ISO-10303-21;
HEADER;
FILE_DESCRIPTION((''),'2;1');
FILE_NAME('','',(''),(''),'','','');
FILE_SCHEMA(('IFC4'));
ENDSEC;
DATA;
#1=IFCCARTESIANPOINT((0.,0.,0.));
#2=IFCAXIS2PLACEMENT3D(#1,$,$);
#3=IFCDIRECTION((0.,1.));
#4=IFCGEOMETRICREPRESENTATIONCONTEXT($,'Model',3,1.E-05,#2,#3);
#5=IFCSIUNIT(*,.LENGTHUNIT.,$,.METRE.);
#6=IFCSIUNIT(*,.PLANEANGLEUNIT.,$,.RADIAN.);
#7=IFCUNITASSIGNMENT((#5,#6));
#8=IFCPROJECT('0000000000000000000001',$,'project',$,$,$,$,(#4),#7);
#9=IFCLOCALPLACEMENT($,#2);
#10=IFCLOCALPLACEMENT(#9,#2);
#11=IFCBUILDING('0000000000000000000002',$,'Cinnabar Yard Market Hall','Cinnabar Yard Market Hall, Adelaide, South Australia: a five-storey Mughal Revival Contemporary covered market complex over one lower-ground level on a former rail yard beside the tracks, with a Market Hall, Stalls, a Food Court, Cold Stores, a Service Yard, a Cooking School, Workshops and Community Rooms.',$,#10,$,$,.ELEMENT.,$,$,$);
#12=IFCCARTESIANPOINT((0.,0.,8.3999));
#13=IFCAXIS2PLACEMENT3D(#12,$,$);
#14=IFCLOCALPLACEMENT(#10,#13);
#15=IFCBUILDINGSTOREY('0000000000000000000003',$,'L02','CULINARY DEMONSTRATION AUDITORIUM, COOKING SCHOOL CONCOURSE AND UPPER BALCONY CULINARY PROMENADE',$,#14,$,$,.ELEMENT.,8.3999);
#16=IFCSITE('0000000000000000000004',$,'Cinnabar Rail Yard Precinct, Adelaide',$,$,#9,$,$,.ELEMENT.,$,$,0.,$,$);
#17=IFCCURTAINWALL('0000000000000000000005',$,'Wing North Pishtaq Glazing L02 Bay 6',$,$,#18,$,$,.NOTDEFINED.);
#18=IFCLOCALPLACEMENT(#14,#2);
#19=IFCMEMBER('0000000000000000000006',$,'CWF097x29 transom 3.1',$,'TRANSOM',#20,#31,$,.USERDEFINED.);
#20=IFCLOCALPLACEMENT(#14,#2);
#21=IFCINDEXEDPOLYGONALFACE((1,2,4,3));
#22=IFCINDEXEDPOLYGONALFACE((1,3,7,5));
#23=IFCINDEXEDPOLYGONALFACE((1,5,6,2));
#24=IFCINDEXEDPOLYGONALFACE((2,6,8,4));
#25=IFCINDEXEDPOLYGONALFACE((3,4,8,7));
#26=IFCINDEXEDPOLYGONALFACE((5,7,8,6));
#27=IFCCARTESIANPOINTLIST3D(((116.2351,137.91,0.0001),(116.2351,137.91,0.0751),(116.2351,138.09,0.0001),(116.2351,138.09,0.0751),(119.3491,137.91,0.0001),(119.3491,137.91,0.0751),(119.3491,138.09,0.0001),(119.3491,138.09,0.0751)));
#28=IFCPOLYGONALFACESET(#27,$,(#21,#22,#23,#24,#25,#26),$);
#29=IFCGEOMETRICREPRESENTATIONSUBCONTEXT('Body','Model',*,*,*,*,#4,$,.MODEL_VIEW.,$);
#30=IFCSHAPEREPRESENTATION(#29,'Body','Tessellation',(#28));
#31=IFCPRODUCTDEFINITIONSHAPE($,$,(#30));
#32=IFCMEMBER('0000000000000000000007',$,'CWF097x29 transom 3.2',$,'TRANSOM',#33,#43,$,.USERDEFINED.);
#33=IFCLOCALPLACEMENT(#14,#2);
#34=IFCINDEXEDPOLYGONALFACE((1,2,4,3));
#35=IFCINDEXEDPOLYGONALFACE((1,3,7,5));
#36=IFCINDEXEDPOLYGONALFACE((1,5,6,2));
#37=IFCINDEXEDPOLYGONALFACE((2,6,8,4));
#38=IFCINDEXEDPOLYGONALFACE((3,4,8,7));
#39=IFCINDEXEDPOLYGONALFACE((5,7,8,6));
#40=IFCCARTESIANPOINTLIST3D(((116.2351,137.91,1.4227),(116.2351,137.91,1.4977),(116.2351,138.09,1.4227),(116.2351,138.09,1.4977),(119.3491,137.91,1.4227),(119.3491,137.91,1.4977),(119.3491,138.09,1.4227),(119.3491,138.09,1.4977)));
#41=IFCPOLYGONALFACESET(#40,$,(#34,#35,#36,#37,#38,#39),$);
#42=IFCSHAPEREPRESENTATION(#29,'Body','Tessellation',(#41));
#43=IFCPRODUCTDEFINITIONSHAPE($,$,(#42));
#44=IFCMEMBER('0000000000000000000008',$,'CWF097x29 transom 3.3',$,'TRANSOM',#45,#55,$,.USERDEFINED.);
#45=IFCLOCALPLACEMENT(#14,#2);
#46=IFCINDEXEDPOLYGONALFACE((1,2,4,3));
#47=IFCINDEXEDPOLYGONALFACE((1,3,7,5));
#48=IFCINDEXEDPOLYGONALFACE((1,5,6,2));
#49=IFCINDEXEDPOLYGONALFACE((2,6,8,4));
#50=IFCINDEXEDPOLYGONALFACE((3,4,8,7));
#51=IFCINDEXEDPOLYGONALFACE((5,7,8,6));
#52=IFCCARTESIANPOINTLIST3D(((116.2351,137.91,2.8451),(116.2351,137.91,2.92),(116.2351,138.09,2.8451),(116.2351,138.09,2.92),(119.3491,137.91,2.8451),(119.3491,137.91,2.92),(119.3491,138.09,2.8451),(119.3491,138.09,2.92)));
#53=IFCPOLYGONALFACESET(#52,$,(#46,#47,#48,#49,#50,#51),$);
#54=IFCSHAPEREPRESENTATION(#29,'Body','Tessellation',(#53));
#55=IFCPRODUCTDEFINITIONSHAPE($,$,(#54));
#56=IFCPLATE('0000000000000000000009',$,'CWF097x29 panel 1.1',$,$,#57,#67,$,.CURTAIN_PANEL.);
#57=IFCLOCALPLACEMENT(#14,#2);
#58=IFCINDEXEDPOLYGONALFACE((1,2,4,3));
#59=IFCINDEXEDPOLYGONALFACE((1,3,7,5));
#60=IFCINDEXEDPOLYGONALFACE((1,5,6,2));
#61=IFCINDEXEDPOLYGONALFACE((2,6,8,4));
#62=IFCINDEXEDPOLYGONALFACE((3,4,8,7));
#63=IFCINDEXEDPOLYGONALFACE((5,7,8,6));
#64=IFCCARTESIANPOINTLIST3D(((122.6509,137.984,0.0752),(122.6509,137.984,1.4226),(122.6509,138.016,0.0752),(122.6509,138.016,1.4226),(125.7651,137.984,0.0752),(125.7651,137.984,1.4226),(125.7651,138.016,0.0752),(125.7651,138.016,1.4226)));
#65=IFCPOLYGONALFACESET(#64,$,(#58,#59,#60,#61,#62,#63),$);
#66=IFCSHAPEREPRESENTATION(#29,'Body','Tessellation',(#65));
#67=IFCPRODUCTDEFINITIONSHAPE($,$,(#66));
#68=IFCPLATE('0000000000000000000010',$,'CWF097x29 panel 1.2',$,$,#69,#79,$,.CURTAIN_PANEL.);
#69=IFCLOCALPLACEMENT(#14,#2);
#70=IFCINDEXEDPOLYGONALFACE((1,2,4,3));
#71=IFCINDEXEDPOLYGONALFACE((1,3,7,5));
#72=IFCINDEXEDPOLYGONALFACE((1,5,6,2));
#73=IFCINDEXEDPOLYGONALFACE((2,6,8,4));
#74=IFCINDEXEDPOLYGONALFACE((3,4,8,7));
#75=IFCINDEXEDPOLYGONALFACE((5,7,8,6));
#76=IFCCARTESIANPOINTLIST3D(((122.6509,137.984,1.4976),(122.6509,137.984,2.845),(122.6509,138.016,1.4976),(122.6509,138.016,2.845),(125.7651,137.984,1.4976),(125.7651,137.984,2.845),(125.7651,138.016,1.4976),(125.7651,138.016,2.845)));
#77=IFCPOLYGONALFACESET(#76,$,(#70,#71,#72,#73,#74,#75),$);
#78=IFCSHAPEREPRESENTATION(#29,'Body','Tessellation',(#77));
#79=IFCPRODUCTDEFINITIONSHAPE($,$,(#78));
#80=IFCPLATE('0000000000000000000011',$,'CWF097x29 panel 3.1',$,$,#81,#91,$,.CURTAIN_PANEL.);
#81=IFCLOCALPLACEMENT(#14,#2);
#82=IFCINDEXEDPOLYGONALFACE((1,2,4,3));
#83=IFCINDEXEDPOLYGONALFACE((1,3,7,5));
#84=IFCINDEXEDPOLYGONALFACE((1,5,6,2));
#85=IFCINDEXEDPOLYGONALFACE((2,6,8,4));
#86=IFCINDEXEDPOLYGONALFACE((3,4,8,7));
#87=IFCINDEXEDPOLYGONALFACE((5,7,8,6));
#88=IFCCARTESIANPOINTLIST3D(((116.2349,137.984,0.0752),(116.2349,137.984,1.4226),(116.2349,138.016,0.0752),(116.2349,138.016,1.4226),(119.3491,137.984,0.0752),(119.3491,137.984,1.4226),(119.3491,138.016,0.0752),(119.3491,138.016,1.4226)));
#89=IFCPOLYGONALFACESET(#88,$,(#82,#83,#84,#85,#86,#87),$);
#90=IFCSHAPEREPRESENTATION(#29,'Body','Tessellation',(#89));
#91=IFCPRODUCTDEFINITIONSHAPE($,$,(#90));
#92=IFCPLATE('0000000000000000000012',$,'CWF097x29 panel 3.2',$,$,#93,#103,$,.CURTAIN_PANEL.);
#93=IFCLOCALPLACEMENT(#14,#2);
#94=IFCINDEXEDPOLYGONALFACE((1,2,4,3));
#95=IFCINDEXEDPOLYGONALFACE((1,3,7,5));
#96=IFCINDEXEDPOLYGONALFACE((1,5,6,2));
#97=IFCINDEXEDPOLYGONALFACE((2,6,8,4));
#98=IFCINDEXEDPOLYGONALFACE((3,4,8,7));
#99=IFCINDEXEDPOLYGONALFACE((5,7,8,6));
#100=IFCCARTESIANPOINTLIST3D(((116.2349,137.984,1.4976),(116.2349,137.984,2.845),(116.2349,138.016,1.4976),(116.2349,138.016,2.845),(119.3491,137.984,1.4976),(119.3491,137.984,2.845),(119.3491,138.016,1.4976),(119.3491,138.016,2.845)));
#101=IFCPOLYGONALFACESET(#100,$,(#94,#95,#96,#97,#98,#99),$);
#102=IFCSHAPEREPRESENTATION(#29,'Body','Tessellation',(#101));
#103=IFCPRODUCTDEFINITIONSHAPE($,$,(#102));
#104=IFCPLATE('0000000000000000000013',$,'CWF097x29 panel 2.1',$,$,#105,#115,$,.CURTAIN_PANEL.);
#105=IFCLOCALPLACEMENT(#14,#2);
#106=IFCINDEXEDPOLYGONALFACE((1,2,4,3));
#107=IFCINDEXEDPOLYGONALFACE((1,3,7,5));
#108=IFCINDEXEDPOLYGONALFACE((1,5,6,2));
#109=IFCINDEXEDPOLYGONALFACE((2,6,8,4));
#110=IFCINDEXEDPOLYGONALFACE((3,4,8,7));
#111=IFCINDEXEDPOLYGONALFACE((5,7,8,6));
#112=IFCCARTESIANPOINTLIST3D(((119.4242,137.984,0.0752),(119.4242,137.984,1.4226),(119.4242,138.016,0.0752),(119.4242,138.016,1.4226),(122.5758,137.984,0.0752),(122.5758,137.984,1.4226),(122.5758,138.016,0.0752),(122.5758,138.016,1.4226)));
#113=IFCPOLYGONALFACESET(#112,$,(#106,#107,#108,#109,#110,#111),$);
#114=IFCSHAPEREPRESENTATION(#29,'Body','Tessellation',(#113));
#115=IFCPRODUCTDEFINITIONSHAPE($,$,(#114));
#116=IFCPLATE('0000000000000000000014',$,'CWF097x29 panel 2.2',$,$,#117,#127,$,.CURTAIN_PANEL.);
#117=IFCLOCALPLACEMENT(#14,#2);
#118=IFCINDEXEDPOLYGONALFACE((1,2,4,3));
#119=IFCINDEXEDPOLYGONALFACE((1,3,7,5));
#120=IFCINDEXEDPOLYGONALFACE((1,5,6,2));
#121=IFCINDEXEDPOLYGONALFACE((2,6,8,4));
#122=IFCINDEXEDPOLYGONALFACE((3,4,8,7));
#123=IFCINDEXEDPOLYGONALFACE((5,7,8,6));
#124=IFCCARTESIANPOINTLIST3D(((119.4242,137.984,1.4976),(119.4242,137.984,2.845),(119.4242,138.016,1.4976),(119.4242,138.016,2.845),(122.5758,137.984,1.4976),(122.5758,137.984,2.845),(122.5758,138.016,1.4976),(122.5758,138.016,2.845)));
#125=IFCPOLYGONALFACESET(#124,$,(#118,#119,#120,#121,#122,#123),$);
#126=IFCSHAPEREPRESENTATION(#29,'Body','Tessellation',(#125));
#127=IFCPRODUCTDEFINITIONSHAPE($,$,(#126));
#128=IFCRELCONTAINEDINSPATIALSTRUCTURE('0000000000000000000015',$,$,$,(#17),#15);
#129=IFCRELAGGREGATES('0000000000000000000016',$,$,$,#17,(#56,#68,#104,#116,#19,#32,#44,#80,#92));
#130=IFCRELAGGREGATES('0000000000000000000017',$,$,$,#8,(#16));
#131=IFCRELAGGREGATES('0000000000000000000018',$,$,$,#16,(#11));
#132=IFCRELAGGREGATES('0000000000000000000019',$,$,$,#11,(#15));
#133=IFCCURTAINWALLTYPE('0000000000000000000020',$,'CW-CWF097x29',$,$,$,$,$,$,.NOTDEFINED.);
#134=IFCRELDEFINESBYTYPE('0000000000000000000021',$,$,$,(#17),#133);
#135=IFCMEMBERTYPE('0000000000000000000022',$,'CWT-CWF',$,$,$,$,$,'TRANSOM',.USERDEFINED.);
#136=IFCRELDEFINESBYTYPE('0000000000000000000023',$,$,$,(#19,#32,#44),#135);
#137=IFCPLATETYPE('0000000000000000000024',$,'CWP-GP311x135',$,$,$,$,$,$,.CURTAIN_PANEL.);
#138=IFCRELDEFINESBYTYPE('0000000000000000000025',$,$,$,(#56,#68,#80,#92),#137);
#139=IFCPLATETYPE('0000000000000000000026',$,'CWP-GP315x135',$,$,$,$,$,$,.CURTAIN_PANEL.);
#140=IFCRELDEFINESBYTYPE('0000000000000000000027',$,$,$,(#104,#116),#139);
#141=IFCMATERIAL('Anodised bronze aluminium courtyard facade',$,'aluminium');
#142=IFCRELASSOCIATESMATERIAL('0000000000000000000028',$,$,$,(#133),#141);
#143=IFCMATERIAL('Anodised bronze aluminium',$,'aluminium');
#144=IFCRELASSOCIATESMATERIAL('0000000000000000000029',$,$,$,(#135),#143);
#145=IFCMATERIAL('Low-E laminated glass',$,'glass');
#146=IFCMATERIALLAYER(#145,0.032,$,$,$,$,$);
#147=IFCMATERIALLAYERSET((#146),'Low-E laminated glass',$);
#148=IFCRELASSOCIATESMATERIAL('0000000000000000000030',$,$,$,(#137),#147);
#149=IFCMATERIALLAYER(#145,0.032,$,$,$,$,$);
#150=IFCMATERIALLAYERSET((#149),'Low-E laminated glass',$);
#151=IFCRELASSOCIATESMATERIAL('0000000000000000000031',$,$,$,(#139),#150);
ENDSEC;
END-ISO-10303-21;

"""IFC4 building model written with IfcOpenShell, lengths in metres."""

from ifc_helpers import new_model, si_unit, direction, frame, origin, origin_2d_with_axis, place, context, subcontext, project, spatial, rectangle, extrude, material, layer, layer_set, material_profile, profile_set, type_object, element, aggregate, save


model = new_model("IFC4")

# Units and contexts
model_context = context("Model", 3, precision=1e-05, world=origin(), true_north=direction((0.0, 1.0)))
body_context = subcontext(model_context, "Body", "Model", "MODEL_VIEW")
ifc_project = project(units=[si_unit("LENGTHUNIT", "METRE"), si_unit("PLANEANGLEUNIT", "RADIAN")], contexts=[model_context])

# Site, building, storey
site_placement = place(None, origin())
site = spatial("IfcSite", under=ifc_project, at=site_placement, Name="Cinnabar Rail Yard Precinct, Adelaide", CompositionType="ELEMENT", RefElevation=0.0)
building_placement = place(site_placement, origin())
building = spatial("IfcBuilding", under=site, at=building_placement, Name="Cinnabar Yard Market Hall", Description="Cinnabar Yard Market Hall, Adelaide, South Australia: a five-storey Mughal Revival Contemporary covered market complex over one lower-ground level on a former rail yard beside the tracks, with a Market Hall, Stalls, a Food Court, Cold Stores, a Service Yard, a Cooking School, Workshops and Community Rooms.", CompositionType="ELEMENT")
storey_placement = place(building_placement, frame((0.0, 0.0, 8.3999)))
storey = spatial("IfcBuildingStorey", under=building, at=storey_placement, Name="L02", Description="CULINARY DEMONSTRATION AUDITORIUM, COOKING SCHOOL CONCOURSE AND UPPER BALCONY CULINARY PROMENADE", CompositionType="ELEMENT", Elevation=8.3999)

# Curtain wall, members, plates
ifc_material_1 = material(Name="Anodised bronze aluminium courtyard facade", Category="aluminium")
curtain_wall_type = type_object("IfcCurtainWallType", Name="CW-CWF097x29", PredefinedType="NOTDEFINED", material=ifc_material_1)
curtain_wall_placement = place(storey_placement, origin())
curtain_wall = element("IfcCurtainWall", 1, at=curtain_wall_placement, inside=storey, type_object=curtain_wall_type, Name="Wing North Pishtaq Glazing L02 Bay 6", PredefinedType="NOTDEFINED")
ifc_material_2 = material(Name="Anodised bronze aluminium", Category="aluminium")
ifc_material_profile_1 = material_profile(ifc_material_2, rectangle(XDim=0.1799, YDim=0.075, at=origin_2d_with_axis()), Name="TRN-CWF")
ifc_profile_set_1 = profile_set([ifc_material_profile_1], Name="Anodised bronze aluminium")
member_type_1 = type_object("IfcMemberType", Name="CWT-CWF", ElementType="TRANSOM", PredefinedType="USERDEFINED", material=ifc_profile_set_1)
member_1_placement = place(storey_placement, frame((119.3491, 138.0, 0.0376), z_axis=(-1.0, 0.0, 0.0), x_axis=(0.0, -1.0, 0.0)))
member_1 = element("IfcMember", 2, at=member_1_placement, type_object=member_type_1, Name="CWF097x29 transom 3.1", ObjectType="TRANSOM", PredefinedType="USERDEFINED", context=body_context, shape_type="SweptSolid", body=[
    extrude(rectangle(XDim=0.1799, YDim=0.075, at=origin_2d_with_axis()), origin(), (0.0, 0.0, 1.0), 3.114),
])
member_2_placement = place(storey_placement, frame((119.3491, 138.0, 1.4602), z_axis=(-1.0, 0.0, 0.0), x_axis=(0.0, -1.0, 0.0)))
member_2 = element("IfcMember", 3, at=member_2_placement, type_object=member_type_1, Name="CWF097x29 transom 3.2", ObjectType="TRANSOM", PredefinedType="USERDEFINED", context=body_context, shape_type="SweptSolid", body=[
    extrude(rectangle(XDim=0.1799, YDim=0.075, at=origin_2d_with_axis()), origin(), (0.0, 0.0, 1.0), 3.114),
])
member_3_placement = place(storey_placement, frame((119.3491, 138.0, 2.8826), z_axis=(-1.0, 0.0, 0.0), x_axis=(0.0, -1.0, 0.0)))
member_3 = element("IfcMember", 4, at=member_3_placement, type_object=member_type_1, Name="CWF097x29 transom 3.3", ObjectType="TRANSOM", PredefinedType="USERDEFINED", context=body_context, shape_type="SweptSolid", body=[
    extrude(rectangle(XDim=0.1799, YDim=0.075, at=origin_2d_with_axis()), origin(), (0.0, 0.0, 1.0), 3.114),
])
ifc_material_3 = material(Name="Low-E laminated glass", Category="glass")
ifc_layer_1 = layer(ifc_material_3, 0.032)
ifc_layer_set_1 = layer_set([ifc_layer_1], Name="Low-E laminated glass")
plate_type_1 = type_object("IfcPlateType", Name="CWP-GP311x135", PredefinedType="CURTAIN_PANEL", material=ifc_layer_set_1)
plate_1_placement = place(storey_placement, frame((124.208, 138.0, 0.0752), z_axis=(0.0, 0.0, 1.0), x_axis=(-1.0, 0.0, 0.0)))
plate_1 = element("IfcPlate", 5, at=plate_1_placement, type_object=plate_type_1, Name="CWF097x29 panel 1.1", PredefinedType="CURTAIN_PANEL", context=body_context, shape_type="SweptSolid", body=[
    extrude(rectangle(XDim=3.1143, YDim=0.032, at=origin_2d_with_axis()), origin(), (0.0, 0.0, 1.0), 1.3474),
])
plate_2_placement = place(storey_placement, frame((124.208, 138.0, 1.4976), z_axis=(0.0, 0.0, 1.0), x_axis=(-1.0, 0.0, 0.0)))
plate_2 = element("IfcPlate", 6, at=plate_2_placement, type_object=plate_type_1, Name="CWF097x29 panel 1.2", PredefinedType="CURTAIN_PANEL", context=body_context, shape_type="SweptSolid", body=[
    extrude(rectangle(XDim=3.1143, YDim=0.032, at=origin_2d_with_axis()), origin(), (0.0, 0.0, 1.0), 1.3474),
])
plate_3_placement = place(storey_placement, frame((117.792, 138.0, 0.0752), z_axis=(0.0, 0.0, 1.0), x_axis=(-1.0, 0.0, 0.0)))
plate_3 = element("IfcPlate", 7, at=plate_3_placement, type_object=plate_type_1, Name="CWF097x29 panel 3.1", PredefinedType="CURTAIN_PANEL", context=body_context, shape_type="SweptSolid", body=[
    extrude(rectangle(XDim=3.1143, YDim=0.032, at=origin_2d_with_axis()), origin(), (0.0, 0.0, 1.0), 1.3474),
])
plate_4_placement = place(storey_placement, frame((117.792, 138.0, 1.4976), z_axis=(0.0, 0.0, 1.0), x_axis=(-1.0, 0.0, 0.0)))
plate_4 = element("IfcPlate", 8, at=plate_4_placement, type_object=plate_type_1, Name="CWF097x29 panel 3.2", PredefinedType="CURTAIN_PANEL", context=body_context, shape_type="SweptSolid", body=[
    extrude(rectangle(XDim=3.1143, YDim=0.032, at=origin_2d_with_axis()), origin(), (0.0, 0.0, 1.0), 1.3474),
])
ifc_layer_2 = layer(ifc_material_3, 0.032)
ifc_layer_set_2 = layer_set([ifc_layer_2], Name="Low-E laminated glass")
plate_type_2 = type_object("IfcPlateType", Name="CWP-GP315x135", PredefinedType="CURTAIN_PANEL", material=ifc_layer_set_2)
plate_5_placement = place(storey_placement, frame((121.0, 138.0, 0.0752), z_axis=(0.0, 0.0, 1.0), x_axis=(-1.0, 0.0, 0.0)))
plate_5 = element("IfcPlate", 9, at=plate_5_placement, type_object=plate_type_2, Name="CWF097x29 panel 2.1", PredefinedType="CURTAIN_PANEL", context=body_context, shape_type="SweptSolid", body=[
    extrude(rectangle(XDim=3.1516, YDim=0.032, at=origin_2d_with_axis()), origin(), (0.0, 0.0, 1.0), 1.3474),
])
plate_6_placement = place(storey_placement, frame((121.0, 138.0, 1.4976), z_axis=(0.0, 0.0, 1.0), x_axis=(-1.0, 0.0, 0.0)))
plate_6 = element("IfcPlate", 10, at=plate_6_placement, type_object=plate_type_2, Name="CWF097x29 panel 2.2", PredefinedType="CURTAIN_PANEL", context=body_context, shape_type="SweptSolid", body=[
    extrude(rectangle(XDim=3.1516, YDim=0.032, at=origin_2d_with_axis()), origin(), (0.0, 0.0, 1.0), 1.3474),
])
aggregate(curtain_wall, [plate_1, plate_2, plate_5, plate_6, member_1, member_2, member_3, plate_3, plate_4])

save(model, "model.ifc")
